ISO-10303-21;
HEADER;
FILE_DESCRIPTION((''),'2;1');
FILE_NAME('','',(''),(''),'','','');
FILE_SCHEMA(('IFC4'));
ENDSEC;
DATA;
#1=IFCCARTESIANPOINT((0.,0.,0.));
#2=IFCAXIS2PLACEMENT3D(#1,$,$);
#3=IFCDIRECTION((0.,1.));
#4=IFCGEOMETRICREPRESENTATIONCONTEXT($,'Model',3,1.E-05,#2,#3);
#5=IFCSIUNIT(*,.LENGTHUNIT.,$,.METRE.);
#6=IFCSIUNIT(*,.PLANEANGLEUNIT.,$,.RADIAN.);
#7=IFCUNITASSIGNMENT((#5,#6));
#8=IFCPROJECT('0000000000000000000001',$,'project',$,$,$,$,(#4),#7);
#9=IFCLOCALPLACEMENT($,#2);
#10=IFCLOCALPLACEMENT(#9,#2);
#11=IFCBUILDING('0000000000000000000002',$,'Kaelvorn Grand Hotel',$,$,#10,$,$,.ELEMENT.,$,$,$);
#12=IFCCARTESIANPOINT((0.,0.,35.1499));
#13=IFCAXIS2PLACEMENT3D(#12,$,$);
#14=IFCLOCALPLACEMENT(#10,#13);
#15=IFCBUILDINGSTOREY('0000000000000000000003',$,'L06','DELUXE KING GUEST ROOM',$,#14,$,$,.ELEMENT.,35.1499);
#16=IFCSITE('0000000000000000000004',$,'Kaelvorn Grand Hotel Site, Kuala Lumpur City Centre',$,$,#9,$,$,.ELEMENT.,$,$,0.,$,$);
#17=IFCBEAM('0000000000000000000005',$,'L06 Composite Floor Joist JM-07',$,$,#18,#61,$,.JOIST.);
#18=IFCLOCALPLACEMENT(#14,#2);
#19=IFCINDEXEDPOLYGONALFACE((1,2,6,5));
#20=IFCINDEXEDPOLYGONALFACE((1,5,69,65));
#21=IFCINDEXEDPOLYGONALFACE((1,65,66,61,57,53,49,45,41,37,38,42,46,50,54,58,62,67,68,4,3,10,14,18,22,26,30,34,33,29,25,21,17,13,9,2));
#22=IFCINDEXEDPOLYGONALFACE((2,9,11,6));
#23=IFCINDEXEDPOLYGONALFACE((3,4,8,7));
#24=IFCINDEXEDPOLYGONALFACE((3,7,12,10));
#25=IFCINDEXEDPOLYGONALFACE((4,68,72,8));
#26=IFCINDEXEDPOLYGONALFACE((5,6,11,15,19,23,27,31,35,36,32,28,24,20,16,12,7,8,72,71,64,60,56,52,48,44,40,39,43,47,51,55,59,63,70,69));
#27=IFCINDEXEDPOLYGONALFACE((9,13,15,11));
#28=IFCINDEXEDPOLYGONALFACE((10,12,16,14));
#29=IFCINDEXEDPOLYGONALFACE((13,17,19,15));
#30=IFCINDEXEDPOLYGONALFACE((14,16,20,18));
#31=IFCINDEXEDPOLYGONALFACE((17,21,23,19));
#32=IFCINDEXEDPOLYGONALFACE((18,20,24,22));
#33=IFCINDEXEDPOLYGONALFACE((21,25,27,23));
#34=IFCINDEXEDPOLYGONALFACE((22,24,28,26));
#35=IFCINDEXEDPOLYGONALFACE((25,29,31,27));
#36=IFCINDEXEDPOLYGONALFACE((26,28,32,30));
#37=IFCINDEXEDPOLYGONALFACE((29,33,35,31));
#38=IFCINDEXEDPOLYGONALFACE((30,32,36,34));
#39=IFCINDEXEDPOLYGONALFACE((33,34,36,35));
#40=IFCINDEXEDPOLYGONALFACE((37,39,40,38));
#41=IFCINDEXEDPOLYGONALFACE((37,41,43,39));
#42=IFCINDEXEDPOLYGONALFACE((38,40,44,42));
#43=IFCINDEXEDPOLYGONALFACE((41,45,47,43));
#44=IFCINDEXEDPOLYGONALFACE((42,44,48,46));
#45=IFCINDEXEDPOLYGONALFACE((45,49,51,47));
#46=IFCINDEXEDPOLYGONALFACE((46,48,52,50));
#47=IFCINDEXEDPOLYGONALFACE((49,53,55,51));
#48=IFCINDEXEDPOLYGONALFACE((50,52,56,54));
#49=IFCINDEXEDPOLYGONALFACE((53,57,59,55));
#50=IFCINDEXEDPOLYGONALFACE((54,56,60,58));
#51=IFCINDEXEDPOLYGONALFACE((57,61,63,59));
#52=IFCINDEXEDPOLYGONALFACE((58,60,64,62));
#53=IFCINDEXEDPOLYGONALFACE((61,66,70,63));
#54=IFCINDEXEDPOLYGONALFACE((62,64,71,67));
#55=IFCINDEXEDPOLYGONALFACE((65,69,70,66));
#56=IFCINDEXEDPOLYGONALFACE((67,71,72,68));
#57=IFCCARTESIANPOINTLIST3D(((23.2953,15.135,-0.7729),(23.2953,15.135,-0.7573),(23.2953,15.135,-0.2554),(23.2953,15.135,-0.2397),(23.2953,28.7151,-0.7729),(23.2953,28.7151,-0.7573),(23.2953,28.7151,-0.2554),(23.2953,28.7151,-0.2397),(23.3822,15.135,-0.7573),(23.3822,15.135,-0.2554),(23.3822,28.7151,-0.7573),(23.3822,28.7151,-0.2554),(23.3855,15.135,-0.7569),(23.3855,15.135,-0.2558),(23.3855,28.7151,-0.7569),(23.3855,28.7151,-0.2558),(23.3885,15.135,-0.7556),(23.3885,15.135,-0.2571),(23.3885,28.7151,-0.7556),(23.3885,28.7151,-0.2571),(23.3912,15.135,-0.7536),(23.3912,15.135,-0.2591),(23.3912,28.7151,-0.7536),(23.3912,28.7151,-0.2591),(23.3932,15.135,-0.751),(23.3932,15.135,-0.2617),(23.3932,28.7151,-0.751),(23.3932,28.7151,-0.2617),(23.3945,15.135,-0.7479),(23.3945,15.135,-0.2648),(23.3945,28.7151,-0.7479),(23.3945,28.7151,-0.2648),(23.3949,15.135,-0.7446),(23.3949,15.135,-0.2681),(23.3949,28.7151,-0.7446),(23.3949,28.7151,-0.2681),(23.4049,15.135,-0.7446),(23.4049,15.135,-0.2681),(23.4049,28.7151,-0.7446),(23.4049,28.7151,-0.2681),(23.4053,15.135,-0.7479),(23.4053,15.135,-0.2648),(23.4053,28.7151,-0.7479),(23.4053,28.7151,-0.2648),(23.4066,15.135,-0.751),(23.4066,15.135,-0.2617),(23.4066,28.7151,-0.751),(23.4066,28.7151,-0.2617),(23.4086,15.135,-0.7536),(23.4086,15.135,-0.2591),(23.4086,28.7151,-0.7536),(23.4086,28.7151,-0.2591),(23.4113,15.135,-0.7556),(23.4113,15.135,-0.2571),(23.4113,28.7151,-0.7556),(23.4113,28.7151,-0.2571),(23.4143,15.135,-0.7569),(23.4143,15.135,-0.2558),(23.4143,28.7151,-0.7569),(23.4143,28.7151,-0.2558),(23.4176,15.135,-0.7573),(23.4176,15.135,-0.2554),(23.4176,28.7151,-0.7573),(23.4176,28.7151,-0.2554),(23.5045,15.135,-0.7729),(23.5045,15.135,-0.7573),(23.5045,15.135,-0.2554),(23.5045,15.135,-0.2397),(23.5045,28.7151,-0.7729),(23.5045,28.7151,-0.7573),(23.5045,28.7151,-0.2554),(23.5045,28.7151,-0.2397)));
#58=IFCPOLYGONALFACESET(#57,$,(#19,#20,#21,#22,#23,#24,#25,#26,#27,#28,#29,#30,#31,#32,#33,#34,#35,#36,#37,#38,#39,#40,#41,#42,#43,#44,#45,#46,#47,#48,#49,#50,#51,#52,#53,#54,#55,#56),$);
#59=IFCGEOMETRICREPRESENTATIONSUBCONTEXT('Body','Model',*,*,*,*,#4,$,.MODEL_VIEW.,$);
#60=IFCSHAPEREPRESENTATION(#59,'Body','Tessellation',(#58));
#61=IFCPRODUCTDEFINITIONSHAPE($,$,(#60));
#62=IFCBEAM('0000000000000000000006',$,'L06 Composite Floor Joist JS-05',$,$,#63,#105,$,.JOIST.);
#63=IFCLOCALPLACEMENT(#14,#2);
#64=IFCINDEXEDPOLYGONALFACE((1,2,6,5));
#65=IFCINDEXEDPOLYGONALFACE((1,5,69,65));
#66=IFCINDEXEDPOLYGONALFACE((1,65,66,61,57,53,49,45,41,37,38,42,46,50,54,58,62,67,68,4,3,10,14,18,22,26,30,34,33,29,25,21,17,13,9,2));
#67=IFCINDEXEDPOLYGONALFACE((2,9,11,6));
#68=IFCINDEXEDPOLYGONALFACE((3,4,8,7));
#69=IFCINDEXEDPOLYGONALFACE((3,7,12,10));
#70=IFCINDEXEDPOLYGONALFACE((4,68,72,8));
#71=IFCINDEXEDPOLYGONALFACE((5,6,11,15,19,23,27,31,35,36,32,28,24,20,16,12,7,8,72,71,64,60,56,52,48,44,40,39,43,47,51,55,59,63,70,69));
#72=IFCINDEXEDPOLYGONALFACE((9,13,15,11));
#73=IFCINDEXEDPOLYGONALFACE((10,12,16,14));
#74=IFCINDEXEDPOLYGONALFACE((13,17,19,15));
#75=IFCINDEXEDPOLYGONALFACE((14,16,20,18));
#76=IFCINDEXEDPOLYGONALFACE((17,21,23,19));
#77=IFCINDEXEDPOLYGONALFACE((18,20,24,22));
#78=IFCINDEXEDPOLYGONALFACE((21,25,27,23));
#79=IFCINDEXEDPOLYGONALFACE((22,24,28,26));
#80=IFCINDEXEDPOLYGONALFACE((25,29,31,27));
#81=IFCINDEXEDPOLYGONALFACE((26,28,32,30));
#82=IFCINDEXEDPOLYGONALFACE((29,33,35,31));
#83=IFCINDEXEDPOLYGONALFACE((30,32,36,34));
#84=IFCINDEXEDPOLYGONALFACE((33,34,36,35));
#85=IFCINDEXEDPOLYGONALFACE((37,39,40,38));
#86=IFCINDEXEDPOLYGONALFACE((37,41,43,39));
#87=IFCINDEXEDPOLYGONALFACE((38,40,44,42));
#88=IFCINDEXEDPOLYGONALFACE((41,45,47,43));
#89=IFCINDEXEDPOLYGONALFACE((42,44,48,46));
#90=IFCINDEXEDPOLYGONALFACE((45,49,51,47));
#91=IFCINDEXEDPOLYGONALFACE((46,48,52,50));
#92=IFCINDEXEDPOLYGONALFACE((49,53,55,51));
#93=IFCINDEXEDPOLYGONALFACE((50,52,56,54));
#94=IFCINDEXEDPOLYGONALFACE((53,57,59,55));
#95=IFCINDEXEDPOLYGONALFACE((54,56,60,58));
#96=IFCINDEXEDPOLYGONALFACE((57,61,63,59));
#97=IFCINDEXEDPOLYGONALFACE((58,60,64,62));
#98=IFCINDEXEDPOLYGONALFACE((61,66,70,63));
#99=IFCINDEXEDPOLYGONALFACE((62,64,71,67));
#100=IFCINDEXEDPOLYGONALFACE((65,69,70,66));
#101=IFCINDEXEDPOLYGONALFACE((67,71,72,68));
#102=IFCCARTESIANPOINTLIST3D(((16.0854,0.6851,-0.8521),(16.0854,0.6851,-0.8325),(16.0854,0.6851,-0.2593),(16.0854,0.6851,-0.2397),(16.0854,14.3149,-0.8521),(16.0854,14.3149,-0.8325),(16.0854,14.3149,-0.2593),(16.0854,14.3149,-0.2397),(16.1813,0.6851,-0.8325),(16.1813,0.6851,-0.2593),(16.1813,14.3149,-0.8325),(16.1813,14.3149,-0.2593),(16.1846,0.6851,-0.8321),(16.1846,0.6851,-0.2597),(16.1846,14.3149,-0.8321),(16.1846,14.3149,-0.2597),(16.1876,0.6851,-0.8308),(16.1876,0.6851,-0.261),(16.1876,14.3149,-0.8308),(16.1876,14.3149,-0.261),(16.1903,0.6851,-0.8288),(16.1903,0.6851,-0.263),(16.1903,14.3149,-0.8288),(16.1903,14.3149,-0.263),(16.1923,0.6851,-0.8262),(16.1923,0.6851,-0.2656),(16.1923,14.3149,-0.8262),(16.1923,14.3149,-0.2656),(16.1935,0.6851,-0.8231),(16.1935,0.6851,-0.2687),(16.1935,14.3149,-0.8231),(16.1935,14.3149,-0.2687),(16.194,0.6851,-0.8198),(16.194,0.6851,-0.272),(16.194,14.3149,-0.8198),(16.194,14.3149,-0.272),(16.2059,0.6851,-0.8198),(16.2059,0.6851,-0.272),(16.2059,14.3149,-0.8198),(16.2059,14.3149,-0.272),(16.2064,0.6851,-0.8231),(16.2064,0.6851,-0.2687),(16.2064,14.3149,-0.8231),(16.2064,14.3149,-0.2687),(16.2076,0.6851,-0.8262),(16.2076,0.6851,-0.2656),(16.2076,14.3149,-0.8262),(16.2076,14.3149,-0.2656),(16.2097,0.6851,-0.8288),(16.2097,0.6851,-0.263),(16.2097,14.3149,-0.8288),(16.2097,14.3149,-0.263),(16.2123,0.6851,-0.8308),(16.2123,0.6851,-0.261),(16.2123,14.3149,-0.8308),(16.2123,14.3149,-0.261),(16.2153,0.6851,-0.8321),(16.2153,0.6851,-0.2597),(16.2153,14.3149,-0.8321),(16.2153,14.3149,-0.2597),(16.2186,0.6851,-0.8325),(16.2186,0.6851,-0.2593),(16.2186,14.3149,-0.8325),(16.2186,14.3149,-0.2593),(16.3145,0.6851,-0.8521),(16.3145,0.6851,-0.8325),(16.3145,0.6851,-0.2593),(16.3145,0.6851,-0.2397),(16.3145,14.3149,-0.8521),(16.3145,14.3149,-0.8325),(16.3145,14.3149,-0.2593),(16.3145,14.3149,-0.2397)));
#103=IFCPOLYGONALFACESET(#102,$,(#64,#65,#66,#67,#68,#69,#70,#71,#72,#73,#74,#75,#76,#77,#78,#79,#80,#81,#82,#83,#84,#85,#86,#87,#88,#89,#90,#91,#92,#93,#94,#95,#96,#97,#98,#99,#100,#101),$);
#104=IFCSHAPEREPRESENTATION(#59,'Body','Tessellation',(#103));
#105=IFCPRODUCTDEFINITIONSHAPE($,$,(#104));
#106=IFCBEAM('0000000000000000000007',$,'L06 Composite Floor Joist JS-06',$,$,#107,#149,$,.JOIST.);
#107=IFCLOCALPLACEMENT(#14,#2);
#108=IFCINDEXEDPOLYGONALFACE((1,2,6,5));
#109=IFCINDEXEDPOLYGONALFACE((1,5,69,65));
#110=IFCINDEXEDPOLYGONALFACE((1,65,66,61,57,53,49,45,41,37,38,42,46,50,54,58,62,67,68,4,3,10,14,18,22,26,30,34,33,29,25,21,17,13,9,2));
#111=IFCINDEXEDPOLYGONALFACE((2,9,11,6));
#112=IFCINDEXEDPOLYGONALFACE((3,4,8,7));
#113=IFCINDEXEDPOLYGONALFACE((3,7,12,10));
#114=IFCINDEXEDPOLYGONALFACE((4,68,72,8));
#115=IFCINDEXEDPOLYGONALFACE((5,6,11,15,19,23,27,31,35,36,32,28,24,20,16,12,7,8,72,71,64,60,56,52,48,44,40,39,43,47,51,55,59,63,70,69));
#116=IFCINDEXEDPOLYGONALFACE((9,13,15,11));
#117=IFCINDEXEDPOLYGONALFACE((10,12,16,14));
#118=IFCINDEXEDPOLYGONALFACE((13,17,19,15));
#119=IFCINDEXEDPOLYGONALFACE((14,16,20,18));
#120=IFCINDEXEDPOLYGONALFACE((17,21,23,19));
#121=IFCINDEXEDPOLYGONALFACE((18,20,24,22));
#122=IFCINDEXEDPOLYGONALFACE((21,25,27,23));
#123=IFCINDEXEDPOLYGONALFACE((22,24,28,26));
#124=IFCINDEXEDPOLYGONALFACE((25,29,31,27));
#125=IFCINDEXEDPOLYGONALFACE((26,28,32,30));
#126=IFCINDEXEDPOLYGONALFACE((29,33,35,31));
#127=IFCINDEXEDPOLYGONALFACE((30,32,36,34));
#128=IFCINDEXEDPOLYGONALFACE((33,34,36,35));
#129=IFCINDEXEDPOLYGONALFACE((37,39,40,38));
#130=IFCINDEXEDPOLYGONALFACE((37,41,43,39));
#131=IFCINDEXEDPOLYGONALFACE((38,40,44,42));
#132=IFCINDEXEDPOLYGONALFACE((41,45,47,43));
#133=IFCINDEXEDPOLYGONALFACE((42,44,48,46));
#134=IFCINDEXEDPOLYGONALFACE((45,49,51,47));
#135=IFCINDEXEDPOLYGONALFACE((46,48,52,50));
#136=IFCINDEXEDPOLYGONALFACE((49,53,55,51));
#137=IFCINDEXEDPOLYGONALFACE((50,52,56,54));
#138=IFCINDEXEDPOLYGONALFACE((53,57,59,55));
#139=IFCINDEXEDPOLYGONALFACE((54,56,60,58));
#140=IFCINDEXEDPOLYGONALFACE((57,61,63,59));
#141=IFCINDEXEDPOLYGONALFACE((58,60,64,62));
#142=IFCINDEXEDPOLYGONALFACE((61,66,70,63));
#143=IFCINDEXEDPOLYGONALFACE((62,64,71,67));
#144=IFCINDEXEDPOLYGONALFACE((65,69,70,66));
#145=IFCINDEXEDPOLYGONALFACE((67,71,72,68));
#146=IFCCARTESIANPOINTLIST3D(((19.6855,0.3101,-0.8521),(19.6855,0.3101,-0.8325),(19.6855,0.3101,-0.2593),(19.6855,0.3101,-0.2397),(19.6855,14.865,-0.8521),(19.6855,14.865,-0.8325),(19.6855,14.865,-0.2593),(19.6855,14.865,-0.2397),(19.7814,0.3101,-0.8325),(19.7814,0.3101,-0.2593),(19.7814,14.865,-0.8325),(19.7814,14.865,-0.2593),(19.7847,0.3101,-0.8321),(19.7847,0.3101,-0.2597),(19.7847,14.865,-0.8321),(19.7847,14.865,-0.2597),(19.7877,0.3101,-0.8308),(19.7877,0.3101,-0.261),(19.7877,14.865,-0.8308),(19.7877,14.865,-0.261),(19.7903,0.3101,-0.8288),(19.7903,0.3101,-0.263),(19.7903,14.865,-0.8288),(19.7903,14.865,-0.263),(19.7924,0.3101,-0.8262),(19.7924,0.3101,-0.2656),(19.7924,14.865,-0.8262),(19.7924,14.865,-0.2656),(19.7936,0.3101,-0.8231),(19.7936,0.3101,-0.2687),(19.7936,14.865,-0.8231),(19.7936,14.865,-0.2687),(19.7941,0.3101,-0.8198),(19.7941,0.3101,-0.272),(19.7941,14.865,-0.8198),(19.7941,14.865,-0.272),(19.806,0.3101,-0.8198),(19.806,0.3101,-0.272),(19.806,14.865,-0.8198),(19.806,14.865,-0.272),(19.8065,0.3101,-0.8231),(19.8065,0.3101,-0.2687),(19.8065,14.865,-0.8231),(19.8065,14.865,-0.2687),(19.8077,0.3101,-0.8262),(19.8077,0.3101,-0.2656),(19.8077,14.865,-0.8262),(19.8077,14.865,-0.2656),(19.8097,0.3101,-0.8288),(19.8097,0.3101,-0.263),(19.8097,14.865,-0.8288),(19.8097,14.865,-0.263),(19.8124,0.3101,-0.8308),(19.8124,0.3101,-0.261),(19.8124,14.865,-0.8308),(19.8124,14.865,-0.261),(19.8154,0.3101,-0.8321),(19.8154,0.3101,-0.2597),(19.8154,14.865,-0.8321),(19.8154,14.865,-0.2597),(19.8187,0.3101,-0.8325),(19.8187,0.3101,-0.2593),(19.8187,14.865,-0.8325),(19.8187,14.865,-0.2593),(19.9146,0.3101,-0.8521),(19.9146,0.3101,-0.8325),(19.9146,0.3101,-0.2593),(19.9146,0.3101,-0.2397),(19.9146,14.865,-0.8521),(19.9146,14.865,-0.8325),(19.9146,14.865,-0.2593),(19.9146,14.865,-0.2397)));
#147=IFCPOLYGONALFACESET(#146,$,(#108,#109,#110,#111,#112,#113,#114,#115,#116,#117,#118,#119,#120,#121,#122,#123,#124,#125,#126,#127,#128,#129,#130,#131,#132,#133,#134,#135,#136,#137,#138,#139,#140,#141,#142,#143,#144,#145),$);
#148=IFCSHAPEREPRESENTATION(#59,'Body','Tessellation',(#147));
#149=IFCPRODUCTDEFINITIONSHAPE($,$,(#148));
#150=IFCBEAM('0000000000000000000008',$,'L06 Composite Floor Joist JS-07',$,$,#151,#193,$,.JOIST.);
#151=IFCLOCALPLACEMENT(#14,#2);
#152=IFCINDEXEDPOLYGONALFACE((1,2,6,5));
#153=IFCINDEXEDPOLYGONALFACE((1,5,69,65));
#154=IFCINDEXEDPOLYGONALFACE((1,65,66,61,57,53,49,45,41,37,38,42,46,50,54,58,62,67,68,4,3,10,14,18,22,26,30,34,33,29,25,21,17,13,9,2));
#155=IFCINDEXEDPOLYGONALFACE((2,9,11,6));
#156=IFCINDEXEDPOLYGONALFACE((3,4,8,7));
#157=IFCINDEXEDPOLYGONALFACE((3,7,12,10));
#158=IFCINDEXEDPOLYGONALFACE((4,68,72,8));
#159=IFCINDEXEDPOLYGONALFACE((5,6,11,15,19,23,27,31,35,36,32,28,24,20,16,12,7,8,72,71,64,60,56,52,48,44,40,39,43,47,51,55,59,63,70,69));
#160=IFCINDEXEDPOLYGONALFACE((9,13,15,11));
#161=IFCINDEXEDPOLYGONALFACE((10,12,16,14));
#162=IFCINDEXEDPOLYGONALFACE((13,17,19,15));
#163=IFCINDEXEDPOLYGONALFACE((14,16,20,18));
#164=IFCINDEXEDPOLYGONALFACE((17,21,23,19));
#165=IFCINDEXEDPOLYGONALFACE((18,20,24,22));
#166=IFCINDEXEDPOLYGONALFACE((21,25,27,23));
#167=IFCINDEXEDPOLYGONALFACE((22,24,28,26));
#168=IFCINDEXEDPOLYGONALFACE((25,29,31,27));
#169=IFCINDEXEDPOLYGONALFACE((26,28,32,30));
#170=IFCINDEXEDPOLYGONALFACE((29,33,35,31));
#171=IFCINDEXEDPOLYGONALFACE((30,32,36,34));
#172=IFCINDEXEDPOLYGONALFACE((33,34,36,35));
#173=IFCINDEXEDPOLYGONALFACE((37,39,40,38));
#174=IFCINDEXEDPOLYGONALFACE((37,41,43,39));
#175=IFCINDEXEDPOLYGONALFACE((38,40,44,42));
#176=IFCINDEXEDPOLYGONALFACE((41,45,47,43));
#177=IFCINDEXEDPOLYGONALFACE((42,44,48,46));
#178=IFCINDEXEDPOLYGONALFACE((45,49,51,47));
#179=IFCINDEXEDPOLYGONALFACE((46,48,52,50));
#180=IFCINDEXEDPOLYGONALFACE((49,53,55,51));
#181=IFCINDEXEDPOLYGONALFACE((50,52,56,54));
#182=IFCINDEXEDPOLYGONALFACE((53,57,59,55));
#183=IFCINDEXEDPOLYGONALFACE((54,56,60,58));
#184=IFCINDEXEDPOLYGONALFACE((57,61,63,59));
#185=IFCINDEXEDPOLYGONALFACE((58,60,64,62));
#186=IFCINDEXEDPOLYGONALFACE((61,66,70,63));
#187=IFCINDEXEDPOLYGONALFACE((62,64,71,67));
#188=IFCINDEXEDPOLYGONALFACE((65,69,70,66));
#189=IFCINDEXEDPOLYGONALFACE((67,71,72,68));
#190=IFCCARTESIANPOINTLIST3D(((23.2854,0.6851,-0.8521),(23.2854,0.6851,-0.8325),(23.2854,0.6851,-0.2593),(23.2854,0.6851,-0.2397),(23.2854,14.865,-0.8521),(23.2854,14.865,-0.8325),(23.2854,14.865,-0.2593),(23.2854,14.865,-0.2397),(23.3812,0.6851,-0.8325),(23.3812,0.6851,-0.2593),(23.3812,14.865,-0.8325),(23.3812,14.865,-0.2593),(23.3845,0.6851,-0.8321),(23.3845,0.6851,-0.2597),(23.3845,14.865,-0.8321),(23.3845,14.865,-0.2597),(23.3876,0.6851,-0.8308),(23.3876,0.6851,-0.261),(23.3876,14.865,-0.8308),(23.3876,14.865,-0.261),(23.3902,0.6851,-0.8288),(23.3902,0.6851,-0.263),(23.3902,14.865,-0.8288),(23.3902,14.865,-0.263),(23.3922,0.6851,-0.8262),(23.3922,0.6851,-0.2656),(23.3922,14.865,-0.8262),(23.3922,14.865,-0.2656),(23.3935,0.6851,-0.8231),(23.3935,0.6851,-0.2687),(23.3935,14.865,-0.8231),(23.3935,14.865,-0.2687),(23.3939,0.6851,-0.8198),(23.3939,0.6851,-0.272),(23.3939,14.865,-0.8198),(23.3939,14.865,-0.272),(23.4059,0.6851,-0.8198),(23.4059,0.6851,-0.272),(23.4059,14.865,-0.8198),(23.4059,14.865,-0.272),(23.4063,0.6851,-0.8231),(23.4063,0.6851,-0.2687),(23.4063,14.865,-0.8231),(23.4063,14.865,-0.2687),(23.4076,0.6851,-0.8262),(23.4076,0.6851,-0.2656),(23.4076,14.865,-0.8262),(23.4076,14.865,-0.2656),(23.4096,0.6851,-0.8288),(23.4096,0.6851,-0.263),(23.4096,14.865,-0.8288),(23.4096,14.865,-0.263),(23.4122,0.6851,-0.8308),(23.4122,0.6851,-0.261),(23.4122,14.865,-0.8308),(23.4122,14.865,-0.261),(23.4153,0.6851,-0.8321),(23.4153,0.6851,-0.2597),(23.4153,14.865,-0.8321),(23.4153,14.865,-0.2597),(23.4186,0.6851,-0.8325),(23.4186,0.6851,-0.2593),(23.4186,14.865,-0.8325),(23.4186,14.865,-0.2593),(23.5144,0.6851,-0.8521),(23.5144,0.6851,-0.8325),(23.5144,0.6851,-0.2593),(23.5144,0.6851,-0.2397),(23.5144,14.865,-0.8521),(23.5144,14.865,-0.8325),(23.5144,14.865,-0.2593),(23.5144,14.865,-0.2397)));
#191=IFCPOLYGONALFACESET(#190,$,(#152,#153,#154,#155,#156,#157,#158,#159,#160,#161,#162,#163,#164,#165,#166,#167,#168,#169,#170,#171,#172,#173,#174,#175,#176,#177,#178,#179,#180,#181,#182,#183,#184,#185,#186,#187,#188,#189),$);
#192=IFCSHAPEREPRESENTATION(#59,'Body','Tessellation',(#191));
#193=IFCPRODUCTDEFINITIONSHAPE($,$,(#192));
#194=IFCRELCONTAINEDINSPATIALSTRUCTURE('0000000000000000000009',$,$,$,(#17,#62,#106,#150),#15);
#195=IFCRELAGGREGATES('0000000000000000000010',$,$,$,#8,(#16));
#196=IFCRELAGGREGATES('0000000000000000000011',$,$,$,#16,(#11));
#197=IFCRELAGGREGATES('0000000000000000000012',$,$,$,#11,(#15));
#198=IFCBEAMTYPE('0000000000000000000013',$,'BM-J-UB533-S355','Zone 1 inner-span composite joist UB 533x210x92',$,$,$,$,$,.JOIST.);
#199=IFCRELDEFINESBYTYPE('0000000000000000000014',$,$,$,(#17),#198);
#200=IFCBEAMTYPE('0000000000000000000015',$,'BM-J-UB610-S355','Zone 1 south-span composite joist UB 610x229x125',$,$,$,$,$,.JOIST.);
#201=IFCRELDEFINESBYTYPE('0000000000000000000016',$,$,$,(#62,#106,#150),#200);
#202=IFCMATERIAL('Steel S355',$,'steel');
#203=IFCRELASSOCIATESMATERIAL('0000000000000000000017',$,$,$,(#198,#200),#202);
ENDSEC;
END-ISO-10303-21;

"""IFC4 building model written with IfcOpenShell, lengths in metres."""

from ifc_helpers import new_model, si_unit, direction, frame, origin, origin_2d, place, context, subcontext, project, spatial, i_section, extrude, material, material_profile, profile_set, type_object, element, save


model = new_model("IFC4")

# Units and contexts
model_context = context("Model", 3, precision=1e-05, world=origin(), true_north=direction((0.0, 1.0)))
body_context = subcontext(model_context, "Body", "Model", "MODEL_VIEW")
ifc_project = project(units=[si_unit("LENGTHUNIT", "METRE"), si_unit("PLANEANGLEUNIT", "RADIAN")], contexts=[model_context])

# Site, building, storey
site_placement = place(None, origin())
site = spatial("IfcSite", under=ifc_project, at=site_placement, Name="Kaelvorn Grand Hotel Site, Kuala Lumpur City Centre", CompositionType="ELEMENT", RefElevation=0.0)
building_placement = place(site_placement, origin())
building = spatial("IfcBuilding", under=site, at=building_placement, Name="Kaelvorn Grand Hotel", CompositionType="ELEMENT")
storey_placement = place(building_placement, frame((0.0, 0.0, 35.1499)))
storey = spatial("IfcBuildingStorey", under=building, at=storey_placement, Name="L06", Description="DELUXE KING GUEST ROOM", CompositionType="ELEMENT", Elevation=35.1499)

# Beams
ifc_material_1 = material(Name="Steel S355", Category="steel")
ifc_material_profile_1 = material_profile(ifc_material_1, i_section(OverallWidth=0.2092, OverallDepth=0.5332, WebThickness=0.01, FlangeThickness=0.0156, FilletRadius=0.0127, at=origin_2d()), Name="UB 533x210x92")
ifc_profile_set_1 = profile_set([ifc_material_profile_1], Name="Steel S355")
beam_type_1 = type_object("IfcBeamType", Name="BM-J-UB533-S355", Description="Zone 1 inner-span composite joist UB 533x210x92", PredefinedType="JOIST", material=ifc_profile_set_1)
beam_1_placement = place(storey_placement, frame((23.3999, 15.135, -0.5063), z_axis=(0.0, 1.0, 0.0), x_axis=(-1.0, 0.0, 0.0)))
element("IfcBeam", 1, at=beam_1_placement, inside=storey, type_object=beam_type_1, Name="L06 Composite Floor Joist JM-07", PredefinedType="JOIST", context=body_context, shape_type="SweptSolid", body=[
    extrude(i_section(OverallWidth=0.2092, OverallDepth=0.5332, WebThickness=0.01, FlangeThickness=0.0156, FilletRadius=0.0127, at=origin_2d()), origin(), (0.0, 0.0, 1.0), 13.5801),
])
ifc_material_profile_2 = material_profile(ifc_material_1, i_section(OverallWidth=0.229, OverallDepth=0.6123, WebThickness=0.012, FlangeThickness=0.0195, FilletRadius=0.0127, at=origin_2d()), Name="UB 610x229x125")
ifc_profile_set_2 = profile_set([ifc_material_profile_2], Name="Steel S355")
beam_type_2 = type_object("IfcBeamType", Name="BM-J-UB610-S355", Description="Zone 1 south-span composite joist UB 610x229x125", PredefinedType="JOIST", material=ifc_profile_set_2)
beam_2_placement = place(storey_placement, frame((16.2, 0.6851, -0.5459), z_axis=(0.0, 1.0, 0.0), x_axis=(-1.0, 0.0, 0.0)))
element("IfcBeam", 2, at=beam_2_placement, inside=storey, type_object=beam_type_2, Name="L06 Composite Floor Joist JS-05", PredefinedType="JOIST", context=body_context, shape_type="SweptSolid", body=[
    extrude(i_section(OverallWidth=0.229, OverallDepth=0.6123, WebThickness=0.012, FlangeThickness=0.0195, FilletRadius=0.0127, at=origin_2d()), origin(), (0.0, 0.0, 1.0), 13.6299),
])
beam_3_placement = place(storey_placement, frame((19.8, 0.3101, -0.5459), z_axis=(0.0, 1.0, 0.0), x_axis=(-1.0, 0.0, 0.0)))
element("IfcBeam", 3, at=beam_3_placement, inside=storey, type_object=beam_type_2, Name="L06 Composite Floor Joist JS-06", PredefinedType="JOIST", context=body_context, shape_type="SweptSolid", body=[
    extrude(i_section(OverallWidth=0.229, OverallDepth=0.6123, WebThickness=0.012, FlangeThickness=0.0195, FilletRadius=0.0127, at=origin_2d()), origin(), (0.0, 0.0, 1.0), 14.5549),
])
beam_4_placement = place(storey_placement, frame((23.3999, 0.6851, -0.5459), z_axis=(0.0, 1.0, 0.0), x_axis=(-1.0, 0.0, 0.0)))
element("IfcBeam", 4, at=beam_4_placement, inside=storey, type_object=beam_type_2, Name="L06 Composite Floor Joist JS-07", PredefinedType="JOIST", context=body_context, shape_type="SweptSolid", body=[
    extrude(i_section(OverallWidth=0.229, OverallDepth=0.6123, WebThickness=0.012, FlangeThickness=0.0195, FilletRadius=0.0127, at=origin_2d()), origin(), (0.0, 0.0, 1.0), 14.1799),
])

save(model, "model.ifc")
